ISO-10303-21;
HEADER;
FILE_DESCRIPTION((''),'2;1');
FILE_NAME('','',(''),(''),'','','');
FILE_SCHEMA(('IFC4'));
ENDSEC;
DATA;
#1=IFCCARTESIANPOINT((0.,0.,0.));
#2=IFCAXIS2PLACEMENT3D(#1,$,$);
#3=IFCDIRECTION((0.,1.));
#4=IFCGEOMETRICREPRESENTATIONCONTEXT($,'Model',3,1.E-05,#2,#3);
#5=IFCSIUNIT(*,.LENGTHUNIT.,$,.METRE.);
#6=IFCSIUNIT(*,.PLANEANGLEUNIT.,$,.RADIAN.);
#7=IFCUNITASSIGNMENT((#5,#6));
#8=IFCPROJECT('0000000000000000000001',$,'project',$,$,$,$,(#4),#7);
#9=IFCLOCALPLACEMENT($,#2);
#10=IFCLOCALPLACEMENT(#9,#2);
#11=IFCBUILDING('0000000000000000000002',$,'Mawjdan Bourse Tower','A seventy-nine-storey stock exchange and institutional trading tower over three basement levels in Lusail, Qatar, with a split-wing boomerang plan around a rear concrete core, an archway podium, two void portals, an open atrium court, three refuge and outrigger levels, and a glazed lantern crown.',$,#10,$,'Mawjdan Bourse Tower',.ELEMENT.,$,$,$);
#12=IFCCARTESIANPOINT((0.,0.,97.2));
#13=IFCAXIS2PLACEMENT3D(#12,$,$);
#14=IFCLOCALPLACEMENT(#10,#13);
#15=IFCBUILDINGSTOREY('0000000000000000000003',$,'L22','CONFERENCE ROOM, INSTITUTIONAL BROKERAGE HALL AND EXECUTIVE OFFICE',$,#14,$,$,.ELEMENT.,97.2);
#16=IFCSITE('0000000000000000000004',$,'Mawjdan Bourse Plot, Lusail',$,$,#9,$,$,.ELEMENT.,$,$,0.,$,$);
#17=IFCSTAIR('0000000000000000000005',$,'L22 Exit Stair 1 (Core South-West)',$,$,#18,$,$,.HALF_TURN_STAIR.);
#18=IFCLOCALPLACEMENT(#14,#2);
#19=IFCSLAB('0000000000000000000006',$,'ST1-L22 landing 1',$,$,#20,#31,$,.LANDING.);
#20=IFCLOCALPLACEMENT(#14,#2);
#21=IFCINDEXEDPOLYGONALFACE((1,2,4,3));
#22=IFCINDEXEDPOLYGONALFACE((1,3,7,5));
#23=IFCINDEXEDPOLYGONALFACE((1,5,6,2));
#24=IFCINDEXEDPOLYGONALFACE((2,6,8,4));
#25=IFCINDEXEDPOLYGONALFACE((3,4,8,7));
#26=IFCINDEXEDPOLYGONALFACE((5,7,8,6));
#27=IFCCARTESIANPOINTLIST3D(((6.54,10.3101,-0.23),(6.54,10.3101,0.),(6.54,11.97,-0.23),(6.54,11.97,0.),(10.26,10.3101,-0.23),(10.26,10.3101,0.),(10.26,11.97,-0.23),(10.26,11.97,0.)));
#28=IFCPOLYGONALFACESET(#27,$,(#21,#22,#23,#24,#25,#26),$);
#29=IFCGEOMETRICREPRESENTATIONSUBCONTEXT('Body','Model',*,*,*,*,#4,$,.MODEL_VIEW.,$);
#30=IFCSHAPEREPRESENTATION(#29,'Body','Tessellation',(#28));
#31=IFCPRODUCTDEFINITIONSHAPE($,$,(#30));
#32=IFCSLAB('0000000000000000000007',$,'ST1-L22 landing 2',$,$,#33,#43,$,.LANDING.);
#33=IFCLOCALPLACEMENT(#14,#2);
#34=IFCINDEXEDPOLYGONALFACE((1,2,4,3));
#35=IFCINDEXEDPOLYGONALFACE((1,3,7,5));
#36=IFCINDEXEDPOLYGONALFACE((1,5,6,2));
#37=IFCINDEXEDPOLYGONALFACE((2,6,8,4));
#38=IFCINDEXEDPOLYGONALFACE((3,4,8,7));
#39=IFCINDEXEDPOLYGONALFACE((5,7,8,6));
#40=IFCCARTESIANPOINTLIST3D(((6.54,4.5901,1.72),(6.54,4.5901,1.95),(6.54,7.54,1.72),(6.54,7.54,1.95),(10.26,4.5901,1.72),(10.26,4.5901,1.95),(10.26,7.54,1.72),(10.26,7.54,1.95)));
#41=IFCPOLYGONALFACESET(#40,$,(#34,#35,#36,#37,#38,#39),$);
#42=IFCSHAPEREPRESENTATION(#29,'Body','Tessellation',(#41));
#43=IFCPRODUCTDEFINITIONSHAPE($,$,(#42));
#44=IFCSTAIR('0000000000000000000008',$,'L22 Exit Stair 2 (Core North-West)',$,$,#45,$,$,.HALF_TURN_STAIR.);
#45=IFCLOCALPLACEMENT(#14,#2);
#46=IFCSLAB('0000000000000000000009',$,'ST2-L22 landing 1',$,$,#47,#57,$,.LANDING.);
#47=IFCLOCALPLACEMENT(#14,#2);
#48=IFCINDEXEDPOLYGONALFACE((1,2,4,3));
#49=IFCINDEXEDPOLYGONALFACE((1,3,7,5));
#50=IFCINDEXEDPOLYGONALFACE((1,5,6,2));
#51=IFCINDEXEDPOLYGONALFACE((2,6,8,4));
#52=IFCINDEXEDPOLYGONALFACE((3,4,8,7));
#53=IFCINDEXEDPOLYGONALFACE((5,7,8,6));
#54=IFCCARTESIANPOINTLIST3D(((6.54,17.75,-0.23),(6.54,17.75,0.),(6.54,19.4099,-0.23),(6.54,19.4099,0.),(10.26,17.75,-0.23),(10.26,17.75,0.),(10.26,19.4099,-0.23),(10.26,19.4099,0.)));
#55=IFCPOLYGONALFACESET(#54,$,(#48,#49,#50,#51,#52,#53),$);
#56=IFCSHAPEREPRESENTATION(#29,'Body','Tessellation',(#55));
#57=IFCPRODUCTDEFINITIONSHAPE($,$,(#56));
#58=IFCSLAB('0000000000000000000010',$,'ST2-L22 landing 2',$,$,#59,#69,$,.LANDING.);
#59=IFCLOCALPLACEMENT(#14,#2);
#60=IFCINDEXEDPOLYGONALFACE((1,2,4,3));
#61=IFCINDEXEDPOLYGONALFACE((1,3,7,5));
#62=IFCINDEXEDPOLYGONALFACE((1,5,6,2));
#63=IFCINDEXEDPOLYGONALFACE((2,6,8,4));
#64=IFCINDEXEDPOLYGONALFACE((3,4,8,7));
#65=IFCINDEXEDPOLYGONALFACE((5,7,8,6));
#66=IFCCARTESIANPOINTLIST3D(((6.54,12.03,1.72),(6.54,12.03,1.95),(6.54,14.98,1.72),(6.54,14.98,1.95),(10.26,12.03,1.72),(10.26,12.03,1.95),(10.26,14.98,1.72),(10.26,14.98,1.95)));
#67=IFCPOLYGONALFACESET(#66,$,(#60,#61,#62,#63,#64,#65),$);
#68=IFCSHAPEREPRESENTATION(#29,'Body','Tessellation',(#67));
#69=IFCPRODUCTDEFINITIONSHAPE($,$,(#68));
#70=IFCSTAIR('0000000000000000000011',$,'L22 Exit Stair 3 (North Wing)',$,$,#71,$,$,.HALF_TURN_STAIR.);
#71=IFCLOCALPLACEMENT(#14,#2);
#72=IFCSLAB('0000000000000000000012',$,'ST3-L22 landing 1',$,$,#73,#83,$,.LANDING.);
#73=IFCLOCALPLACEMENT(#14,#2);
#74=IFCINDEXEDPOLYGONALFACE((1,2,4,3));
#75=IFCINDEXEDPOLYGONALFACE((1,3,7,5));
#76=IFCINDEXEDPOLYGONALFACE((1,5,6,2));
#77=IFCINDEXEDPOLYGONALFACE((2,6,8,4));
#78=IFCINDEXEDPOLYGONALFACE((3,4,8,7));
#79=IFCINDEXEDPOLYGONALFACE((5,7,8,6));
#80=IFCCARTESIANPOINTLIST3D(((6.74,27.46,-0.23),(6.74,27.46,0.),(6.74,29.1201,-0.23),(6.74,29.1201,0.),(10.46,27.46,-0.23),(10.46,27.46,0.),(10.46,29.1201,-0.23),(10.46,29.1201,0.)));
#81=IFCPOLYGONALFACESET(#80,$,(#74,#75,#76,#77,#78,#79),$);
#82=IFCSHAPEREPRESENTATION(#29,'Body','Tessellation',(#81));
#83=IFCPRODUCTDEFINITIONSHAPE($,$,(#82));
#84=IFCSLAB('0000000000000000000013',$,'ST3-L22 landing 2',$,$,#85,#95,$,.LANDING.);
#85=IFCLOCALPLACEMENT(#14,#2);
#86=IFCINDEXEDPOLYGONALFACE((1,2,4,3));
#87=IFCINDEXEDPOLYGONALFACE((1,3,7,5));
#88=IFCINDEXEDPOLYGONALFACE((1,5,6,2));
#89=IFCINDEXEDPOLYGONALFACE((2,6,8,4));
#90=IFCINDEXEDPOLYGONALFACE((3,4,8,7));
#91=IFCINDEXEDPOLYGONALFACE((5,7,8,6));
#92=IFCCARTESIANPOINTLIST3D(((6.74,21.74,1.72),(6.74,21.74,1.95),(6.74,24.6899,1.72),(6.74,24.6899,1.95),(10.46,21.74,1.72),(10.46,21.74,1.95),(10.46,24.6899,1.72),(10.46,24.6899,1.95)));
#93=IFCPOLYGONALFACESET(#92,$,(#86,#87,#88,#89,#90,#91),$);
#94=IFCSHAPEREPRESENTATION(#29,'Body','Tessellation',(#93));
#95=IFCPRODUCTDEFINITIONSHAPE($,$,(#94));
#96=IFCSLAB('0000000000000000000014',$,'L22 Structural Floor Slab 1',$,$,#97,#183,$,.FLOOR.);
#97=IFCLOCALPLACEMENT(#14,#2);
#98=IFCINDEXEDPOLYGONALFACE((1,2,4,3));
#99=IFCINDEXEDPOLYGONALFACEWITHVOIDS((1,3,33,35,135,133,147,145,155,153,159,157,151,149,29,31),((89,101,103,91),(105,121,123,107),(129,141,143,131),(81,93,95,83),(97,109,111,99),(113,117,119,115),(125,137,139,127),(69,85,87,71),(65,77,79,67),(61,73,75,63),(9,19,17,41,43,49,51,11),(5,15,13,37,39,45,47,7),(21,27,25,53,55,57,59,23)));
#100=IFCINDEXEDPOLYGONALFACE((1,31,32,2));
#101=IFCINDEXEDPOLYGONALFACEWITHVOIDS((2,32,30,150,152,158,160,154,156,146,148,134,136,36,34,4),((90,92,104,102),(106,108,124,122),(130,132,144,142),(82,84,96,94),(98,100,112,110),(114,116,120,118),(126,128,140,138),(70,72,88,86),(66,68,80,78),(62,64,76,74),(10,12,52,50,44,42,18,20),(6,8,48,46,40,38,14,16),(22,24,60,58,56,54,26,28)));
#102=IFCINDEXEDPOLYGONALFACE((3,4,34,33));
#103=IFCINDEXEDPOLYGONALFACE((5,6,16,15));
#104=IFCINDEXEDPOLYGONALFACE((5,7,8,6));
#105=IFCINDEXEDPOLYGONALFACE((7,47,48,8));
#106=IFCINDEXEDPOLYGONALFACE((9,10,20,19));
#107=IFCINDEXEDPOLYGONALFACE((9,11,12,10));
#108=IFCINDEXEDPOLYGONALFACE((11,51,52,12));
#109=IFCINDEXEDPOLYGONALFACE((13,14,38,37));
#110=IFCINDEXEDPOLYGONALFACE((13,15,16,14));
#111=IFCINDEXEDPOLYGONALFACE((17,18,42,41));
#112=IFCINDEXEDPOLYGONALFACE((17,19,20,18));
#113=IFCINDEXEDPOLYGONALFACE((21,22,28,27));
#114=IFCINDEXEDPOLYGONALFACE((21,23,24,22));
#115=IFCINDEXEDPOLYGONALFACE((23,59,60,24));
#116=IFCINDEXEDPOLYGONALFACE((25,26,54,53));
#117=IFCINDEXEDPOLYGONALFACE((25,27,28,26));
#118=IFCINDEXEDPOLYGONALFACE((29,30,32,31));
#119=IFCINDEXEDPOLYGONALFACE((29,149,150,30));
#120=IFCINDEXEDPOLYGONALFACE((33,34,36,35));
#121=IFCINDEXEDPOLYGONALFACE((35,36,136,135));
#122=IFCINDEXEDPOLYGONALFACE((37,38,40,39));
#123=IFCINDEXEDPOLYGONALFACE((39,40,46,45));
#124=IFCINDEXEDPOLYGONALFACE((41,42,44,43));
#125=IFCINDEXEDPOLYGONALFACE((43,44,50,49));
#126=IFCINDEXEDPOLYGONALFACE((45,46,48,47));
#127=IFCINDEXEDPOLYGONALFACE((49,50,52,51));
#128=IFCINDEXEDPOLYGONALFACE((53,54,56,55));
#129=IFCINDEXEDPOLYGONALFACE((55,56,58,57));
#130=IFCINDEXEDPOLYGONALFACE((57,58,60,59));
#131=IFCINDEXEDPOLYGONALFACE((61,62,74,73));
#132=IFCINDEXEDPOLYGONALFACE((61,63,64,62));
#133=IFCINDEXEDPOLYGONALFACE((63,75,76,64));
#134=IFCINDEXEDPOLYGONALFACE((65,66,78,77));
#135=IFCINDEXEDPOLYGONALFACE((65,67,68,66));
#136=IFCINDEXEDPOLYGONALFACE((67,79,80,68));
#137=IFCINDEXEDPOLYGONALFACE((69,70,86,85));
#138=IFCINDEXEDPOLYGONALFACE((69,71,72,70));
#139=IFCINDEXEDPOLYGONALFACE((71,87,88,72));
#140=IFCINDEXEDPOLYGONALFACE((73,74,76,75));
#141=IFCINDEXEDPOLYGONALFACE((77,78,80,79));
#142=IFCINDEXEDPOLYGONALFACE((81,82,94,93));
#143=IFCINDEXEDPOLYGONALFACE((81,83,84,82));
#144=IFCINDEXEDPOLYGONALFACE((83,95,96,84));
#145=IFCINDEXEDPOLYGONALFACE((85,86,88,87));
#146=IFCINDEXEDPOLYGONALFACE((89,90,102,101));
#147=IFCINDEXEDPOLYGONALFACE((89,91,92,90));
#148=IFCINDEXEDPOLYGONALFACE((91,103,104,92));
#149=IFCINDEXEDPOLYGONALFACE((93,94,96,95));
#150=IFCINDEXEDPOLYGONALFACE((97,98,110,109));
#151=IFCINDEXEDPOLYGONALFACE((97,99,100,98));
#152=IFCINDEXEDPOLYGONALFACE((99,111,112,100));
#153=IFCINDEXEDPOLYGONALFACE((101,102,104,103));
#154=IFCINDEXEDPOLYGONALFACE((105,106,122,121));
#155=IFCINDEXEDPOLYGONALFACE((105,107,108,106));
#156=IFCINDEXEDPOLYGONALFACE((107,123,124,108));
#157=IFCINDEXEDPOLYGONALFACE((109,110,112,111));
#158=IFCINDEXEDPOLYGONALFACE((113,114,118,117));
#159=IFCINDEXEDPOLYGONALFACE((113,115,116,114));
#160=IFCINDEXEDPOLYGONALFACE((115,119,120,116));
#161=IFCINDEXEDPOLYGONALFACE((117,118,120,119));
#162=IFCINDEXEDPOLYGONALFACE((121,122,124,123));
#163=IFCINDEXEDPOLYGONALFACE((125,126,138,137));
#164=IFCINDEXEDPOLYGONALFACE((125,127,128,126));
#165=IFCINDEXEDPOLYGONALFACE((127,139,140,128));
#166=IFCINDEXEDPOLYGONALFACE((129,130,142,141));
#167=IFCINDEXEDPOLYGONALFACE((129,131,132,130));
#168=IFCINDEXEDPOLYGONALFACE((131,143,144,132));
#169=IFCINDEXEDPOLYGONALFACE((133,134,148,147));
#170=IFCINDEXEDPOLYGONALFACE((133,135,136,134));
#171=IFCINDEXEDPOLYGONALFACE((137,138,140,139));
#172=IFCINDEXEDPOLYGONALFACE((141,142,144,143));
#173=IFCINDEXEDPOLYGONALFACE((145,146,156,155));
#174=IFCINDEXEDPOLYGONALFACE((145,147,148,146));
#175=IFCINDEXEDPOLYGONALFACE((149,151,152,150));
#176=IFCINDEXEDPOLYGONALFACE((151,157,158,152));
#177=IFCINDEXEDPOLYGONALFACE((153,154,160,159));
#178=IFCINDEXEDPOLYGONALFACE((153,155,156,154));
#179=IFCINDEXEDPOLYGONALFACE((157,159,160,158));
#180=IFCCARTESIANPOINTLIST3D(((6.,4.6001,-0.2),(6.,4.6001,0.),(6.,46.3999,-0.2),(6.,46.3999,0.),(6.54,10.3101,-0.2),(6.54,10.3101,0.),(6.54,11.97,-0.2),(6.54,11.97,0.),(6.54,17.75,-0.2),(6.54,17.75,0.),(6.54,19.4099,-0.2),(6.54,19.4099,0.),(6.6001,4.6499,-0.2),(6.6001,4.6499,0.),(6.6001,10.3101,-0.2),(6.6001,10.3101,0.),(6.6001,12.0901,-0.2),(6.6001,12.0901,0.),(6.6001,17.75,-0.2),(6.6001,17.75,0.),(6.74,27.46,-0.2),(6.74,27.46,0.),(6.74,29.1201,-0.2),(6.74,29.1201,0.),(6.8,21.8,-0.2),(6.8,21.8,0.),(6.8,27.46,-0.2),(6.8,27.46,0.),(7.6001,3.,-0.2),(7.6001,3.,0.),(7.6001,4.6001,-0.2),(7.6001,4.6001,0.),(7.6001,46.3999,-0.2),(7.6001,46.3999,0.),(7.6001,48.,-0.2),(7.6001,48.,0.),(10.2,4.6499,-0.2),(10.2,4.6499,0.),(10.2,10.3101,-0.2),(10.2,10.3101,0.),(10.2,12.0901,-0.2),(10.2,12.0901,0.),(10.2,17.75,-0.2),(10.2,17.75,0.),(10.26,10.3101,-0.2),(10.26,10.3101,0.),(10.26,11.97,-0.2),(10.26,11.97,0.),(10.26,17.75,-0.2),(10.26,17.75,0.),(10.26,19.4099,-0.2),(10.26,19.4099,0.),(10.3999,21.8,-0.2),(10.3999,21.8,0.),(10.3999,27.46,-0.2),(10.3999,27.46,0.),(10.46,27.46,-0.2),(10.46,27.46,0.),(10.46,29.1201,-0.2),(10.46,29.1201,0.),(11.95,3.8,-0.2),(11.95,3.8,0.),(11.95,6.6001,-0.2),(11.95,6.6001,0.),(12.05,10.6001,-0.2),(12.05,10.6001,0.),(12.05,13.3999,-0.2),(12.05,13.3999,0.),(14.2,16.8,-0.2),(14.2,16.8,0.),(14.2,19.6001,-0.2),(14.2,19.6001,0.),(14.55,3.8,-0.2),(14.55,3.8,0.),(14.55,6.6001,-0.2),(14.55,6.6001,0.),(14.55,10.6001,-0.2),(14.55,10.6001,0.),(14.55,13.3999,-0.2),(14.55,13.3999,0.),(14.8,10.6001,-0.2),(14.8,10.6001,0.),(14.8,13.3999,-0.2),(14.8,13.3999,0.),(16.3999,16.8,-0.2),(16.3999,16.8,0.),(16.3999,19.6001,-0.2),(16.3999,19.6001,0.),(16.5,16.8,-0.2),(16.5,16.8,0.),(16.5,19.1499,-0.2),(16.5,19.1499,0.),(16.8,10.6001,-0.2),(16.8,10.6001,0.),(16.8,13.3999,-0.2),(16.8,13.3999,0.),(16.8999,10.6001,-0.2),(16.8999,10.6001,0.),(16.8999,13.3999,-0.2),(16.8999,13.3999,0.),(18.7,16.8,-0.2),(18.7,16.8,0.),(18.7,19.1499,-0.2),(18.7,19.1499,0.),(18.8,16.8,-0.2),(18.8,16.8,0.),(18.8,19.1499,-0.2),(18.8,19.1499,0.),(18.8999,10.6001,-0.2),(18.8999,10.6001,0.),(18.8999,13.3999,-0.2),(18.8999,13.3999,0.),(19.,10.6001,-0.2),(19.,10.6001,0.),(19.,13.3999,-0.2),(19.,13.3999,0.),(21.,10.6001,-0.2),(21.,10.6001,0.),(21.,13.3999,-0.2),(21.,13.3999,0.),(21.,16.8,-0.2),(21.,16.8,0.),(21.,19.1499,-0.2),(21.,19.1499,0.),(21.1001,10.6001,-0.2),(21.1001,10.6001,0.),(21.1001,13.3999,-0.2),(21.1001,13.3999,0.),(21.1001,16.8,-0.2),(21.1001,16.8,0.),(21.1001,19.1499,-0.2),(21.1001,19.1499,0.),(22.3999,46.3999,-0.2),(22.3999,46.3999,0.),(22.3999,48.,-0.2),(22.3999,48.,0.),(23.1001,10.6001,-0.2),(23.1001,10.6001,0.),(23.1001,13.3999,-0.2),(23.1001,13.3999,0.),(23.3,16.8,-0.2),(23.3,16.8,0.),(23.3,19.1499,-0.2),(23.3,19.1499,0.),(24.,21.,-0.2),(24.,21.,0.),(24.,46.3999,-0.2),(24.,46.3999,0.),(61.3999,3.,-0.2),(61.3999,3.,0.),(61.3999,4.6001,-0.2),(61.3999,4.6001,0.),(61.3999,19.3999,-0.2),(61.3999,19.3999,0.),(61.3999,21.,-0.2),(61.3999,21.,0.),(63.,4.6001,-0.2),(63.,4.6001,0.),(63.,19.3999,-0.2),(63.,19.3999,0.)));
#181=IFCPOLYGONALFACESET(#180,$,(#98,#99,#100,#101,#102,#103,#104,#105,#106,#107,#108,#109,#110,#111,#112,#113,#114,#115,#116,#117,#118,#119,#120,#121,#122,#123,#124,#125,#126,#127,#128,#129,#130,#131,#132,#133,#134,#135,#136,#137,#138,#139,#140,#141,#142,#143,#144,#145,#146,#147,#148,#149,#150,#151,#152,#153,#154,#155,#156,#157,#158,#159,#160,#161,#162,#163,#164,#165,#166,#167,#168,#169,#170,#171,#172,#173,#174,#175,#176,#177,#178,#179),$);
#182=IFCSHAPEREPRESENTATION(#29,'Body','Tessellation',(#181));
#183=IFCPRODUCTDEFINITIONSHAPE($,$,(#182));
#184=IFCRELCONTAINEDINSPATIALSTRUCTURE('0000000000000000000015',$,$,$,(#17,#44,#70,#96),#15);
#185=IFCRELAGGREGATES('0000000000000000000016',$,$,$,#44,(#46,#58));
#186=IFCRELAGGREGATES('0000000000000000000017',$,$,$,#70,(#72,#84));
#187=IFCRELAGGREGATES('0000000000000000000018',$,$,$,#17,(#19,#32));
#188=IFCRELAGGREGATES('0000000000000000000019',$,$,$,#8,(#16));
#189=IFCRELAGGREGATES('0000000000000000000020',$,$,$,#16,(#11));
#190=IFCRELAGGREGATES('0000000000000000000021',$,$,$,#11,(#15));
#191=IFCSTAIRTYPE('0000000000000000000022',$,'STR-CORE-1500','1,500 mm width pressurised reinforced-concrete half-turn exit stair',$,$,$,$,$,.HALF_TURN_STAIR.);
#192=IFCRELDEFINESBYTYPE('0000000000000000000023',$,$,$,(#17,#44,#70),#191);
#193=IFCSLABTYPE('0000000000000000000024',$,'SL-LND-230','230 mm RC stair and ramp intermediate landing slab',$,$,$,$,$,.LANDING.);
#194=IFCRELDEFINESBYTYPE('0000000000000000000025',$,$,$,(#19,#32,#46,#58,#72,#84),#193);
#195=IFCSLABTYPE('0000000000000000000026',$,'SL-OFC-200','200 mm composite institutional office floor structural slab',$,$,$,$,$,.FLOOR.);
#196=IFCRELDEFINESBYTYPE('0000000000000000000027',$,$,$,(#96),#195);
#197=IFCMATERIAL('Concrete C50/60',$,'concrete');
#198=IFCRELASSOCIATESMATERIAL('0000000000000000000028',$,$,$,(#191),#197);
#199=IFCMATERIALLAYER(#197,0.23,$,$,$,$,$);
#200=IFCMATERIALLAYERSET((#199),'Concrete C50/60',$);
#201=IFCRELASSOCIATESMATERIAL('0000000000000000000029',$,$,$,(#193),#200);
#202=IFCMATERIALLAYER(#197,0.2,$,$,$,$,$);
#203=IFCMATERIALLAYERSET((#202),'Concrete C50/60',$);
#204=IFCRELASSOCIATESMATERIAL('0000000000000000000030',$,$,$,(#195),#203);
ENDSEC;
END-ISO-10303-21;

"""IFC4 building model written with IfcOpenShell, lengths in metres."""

from ifc_helpers import new_model, si_unit, direction, frame, origin, place, context, subcontext, project, spatial, polyline, outline, extrude, material, layer, layer_set, type_object, element, aggregate, save


model = new_model("IFC4")

# Units and contexts
model_context = context("Model", 3, precision=1e-05, world=origin(), true_north=direction((0.0, 1.0)))
body_context = subcontext(model_context, "Body", "Model", "MODEL_VIEW")
ifc_project = project(units=[si_unit("LENGTHUNIT", "METRE"), si_unit("PLANEANGLEUNIT", "RADIAN")], contexts=[model_context])

# Site, building, storey
site_placement = place(None, origin())
site = spatial("IfcSite", under=ifc_project, at=site_placement, Name="Mawjdan Bourse Plot, Lusail", CompositionType="ELEMENT", RefElevation=0.0)
building_placement = place(site_placement, origin())
building = spatial("IfcBuilding", under=site, at=building_placement, Name="Mawjdan Bourse Tower", Description="A seventy-nine-storey stock exchange and institutional trading tower over three basement levels in Lusail, Qatar, with a split-wing boomerang plan around a rear concrete core, an archway podium, two void portals, an open atrium court, three refuge and outrigger levels, and a glazed lantern crown.", LongName="Mawjdan Bourse Tower", CompositionType="ELEMENT")
storey_placement = place(building_placement, frame((0.0, 0.0, 97.2)))
storey = spatial("IfcBuildingStorey", under=building, at=storey_placement, Name="L22", Description="CONFERENCE ROOM, INSTITUTIONAL BROKERAGE HALL AND EXECUTIVE OFFICE", CompositionType="ELEMENT", Elevation=97.2)

# Stairs, slabs
ifc_material_1 = material(Name="Concrete C50/60", Category="concrete")
stair_type = type_object("IfcStairType", Name="STR-CORE-1500", Description="1,500 mm width pressurised reinforced-concrete half-turn exit stair", PredefinedType="HALF_TURN_STAIR", material=ifc_material_1)
stair_1_placement = place(storey_placement, origin())
stair_1 = element("IfcStair", 1, at=stair_1_placement, inside=storey, type_object=stair_type, Name="L22 Exit Stair 1 (Core South-West)", PredefinedType="HALF_TURN_STAIR")
ifc_layer_1 = layer(ifc_material_1, 0.23)
ifc_layer_set_1 = layer_set([ifc_layer_1], Name="Concrete C50/60")
slab_type_1 = type_object("IfcSlabType", Name="SL-LND-230", Description="230 mm RC stair and ramp intermediate landing slab", PredefinedType="LANDING", material=ifc_layer_set_1)
slab_1_placement = place(storey_placement, frame((0.0, 0.0, -0.23)))
slab_1 = element("IfcSlab", 2, at=slab_1_placement, type_object=slab_type_1, Name="ST1-L22 landing 1", PredefinedType="LANDING", context=body_context, shape_type="SweptSolid", body=[
    extrude(outline(polyline([(6.54, 10.3101), (10.26, 10.3101), (10.26, 11.97), (6.54, 11.97), (6.54, 10.3101)])), origin(), (0.0, 0.0, 1.0), 0.23),
])
slab_2_placement = place(storey_placement, frame((0.0, 0.0, 1.72)))
slab_2 = element("IfcSlab", 3, at=slab_2_placement, type_object=slab_type_1, Name="ST1-L22 landing 2", PredefinedType="LANDING", context=body_context, shape_type="SweptSolid", body=[
    extrude(outline(polyline([(6.54, 4.5901), (10.26, 4.5901), (10.26, 7.54), (6.54, 7.54), (6.54, 4.5901)])), origin(), (0.0, 0.0, 1.0), 0.23),
])
stair_2_placement = place(storey_placement, origin())
stair_2 = element("IfcStair", 4, at=stair_2_placement, inside=storey, type_object=stair_type, Name="L22 Exit Stair 2 (Core North-West)", PredefinedType="HALF_TURN_STAIR")
slab_3_placement = place(storey_placement, frame((0.0, 0.0, -0.23)))
slab_3 = element("IfcSlab", 5, at=slab_3_placement, type_object=slab_type_1, Name="ST2-L22 landing 1", PredefinedType="LANDING", context=body_context, shape_type="SweptSolid", body=[
    extrude(outline(polyline([(6.54, 17.75), (10.26, 17.75), (10.26, 19.4099), (6.54, 19.4099), (6.54, 17.75)])), origin(), (0.0, 0.0, 1.0), 0.23),
])
slab_4_placement = place(storey_placement, frame((0.0, 0.0, 1.72)))
slab_4 = element("IfcSlab", 6, at=slab_4_placement, type_object=slab_type_1, Name="ST2-L22 landing 2", PredefinedType="LANDING", context=body_context, shape_type="SweptSolid", body=[
    extrude(outline(polyline([(6.54, 12.03), (10.26, 12.03), (10.26, 14.98), (6.54, 14.98), (6.54, 12.03)])), origin(), (0.0, 0.0, 1.0), 0.23),
])
aggregate(stair_2, [slab_3, slab_4])
stair_3_placement = place(storey_placement, origin())
stair_3 = element("IfcStair", 7, at=stair_3_placement, inside=storey, type_object=stair_type, Name="L22 Exit Stair 3 (North Wing)", PredefinedType="HALF_TURN_STAIR")
slab_5_placement = place(storey_placement, frame((0.0, 0.0, -0.23)))
slab_5 = element("IfcSlab", 8, at=slab_5_placement, type_object=slab_type_1, Name="ST3-L22 landing 1", PredefinedType="LANDING", context=body_context, shape_type="SweptSolid", body=[
    extrude(outline(polyline([(6.74, 27.46), (10.46, 27.46), (10.46, 29.1201), (6.74, 29.1201), (6.74, 27.46)])), origin(), (0.0, 0.0, 1.0), 0.23),
])
slab_6_placement = place(storey_placement, frame((0.0, 0.0, 1.72)))
slab_6 = element("IfcSlab", 9, at=slab_6_placement, type_object=slab_type_1, Name="ST3-L22 landing 2", PredefinedType="LANDING", context=body_context, shape_type="SweptSolid", body=[
    extrude(outline(polyline([(6.74, 21.74), (10.46, 21.74), (10.46, 24.6899), (6.74, 24.6899), (6.74, 21.74)])), origin(), (0.0, 0.0, 1.0), 0.23),
])
aggregate(stair_3, [slab_5, slab_6])

# Slab
ifc_layer_2 = layer(ifc_material_1, 0.2)
ifc_layer_set_2 = layer_set([ifc_layer_2], Name="Concrete C50/60")
slab_type_2 = type_object("IfcSlabType", Name="SL-OFC-200", Description="200 mm composite institutional office floor structural slab", PredefinedType="FLOOR", material=ifc_layer_set_2)
slab_7_placement = place(storey_placement, frame((0.0, 0.0, -0.2)))
element("IfcSlab", 10, at=slab_7_placement, inside=storey, type_object=slab_type_2, Name="L22 Structural Floor Slab 1", PredefinedType="FLOOR", context=body_context, shape_type="SweptSolid", body=[
    extrude(outline(polyline([(7.6001, 3.0), (61.3999, 3.0), (61.3999, 4.6001), (63.0, 4.6001), (63.0, 19.3999), (61.3999, 19.3999), (61.3999, 21.0), (24.0, 21.0), (24.0, 46.3999), (22.3999, 46.3999), (22.3999, 48.0), (7.6001, 48.0), (7.6001, 46.3999), (6.0, 46.3999), (6.0, 4.6001), (7.6001, 4.6001), (7.6001, 3.0)]), holes=[polyline([(11.95, 3.8), (11.95, 6.6001), (14.55, 6.6001), (14.55, 3.8), (11.95, 3.8)]), polyline([(6.6001, 10.3101), (6.54, 10.3101), (6.54, 11.97), (10.26, 11.97), (10.26, 10.3101), (10.2, 10.3101), (10.2, 4.6499), (6.6001, 4.6499), (6.6001, 10.3101)]), polyline([(12.05, 10.6001), (12.05, 13.3999), (14.55, 13.3999), (14.55, 10.6001), (12.05, 10.6001)]), polyline([(10.26, 19.4099), (10.26, 17.75), (10.2, 17.75), (10.2, 12.0901), (6.6001, 12.0901), (6.6001, 17.75), (6.54, 17.75), (6.54, 19.4099), (10.26, 19.4099)]), polyline([(10.46, 29.1201), (10.46, 27.46), (10.3999, 27.46), (10.3999, 21.8), (6.8, 21.8), (6.8, 27.46), (6.74, 27.46), (6.74, 29.1201), (10.46, 29.1201)]), polyline([(14.8, 10.6001), (14.8, 13.3999), (16.8, 13.3999), (16.8, 10.6001), (14.8, 10.6001)]), polyline([(16.8999, 10.6001), (16.8999, 13.3999), (18.8999, 13.3999), (18.8999, 10.6001), (16.8999, 10.6001)]), polyline([(19.0, 10.6001), (19.0, 13.3999), (21.0, 13.3999), (21.0, 10.6001), (19.0, 10.6001)]), polyline([(21.1001, 10.6001), (21.1001, 13.3999), (23.1001, 13.3999), (23.1001, 10.6001), (21.1001, 10.6001)]), polyline([(16.5, 16.8), (16.5, 19.1499), (18.7, 19.1499), (18.7, 16.8), (16.5, 16.8)]), polyline([(18.8, 16.8), (18.8, 19.1499), (21.0, 19.1499), (21.0, 16.8), (18.8, 16.8)]), polyline([(21.1001, 16.8), (21.1001, 19.1499), (23.3, 19.1499), (23.3, 16.8), (21.1001, 16.8)]), polyline([(14.2, 16.8), (14.2, 19.6001), (16.3999, 19.6001), (16.3999, 16.8), (14.2, 16.8)])]), origin(), (0.0, 0.0, 1.0), 0.2),
])

aggregate(stair_1, [slab_1, slab_2])

save(model, "model.ifc")
